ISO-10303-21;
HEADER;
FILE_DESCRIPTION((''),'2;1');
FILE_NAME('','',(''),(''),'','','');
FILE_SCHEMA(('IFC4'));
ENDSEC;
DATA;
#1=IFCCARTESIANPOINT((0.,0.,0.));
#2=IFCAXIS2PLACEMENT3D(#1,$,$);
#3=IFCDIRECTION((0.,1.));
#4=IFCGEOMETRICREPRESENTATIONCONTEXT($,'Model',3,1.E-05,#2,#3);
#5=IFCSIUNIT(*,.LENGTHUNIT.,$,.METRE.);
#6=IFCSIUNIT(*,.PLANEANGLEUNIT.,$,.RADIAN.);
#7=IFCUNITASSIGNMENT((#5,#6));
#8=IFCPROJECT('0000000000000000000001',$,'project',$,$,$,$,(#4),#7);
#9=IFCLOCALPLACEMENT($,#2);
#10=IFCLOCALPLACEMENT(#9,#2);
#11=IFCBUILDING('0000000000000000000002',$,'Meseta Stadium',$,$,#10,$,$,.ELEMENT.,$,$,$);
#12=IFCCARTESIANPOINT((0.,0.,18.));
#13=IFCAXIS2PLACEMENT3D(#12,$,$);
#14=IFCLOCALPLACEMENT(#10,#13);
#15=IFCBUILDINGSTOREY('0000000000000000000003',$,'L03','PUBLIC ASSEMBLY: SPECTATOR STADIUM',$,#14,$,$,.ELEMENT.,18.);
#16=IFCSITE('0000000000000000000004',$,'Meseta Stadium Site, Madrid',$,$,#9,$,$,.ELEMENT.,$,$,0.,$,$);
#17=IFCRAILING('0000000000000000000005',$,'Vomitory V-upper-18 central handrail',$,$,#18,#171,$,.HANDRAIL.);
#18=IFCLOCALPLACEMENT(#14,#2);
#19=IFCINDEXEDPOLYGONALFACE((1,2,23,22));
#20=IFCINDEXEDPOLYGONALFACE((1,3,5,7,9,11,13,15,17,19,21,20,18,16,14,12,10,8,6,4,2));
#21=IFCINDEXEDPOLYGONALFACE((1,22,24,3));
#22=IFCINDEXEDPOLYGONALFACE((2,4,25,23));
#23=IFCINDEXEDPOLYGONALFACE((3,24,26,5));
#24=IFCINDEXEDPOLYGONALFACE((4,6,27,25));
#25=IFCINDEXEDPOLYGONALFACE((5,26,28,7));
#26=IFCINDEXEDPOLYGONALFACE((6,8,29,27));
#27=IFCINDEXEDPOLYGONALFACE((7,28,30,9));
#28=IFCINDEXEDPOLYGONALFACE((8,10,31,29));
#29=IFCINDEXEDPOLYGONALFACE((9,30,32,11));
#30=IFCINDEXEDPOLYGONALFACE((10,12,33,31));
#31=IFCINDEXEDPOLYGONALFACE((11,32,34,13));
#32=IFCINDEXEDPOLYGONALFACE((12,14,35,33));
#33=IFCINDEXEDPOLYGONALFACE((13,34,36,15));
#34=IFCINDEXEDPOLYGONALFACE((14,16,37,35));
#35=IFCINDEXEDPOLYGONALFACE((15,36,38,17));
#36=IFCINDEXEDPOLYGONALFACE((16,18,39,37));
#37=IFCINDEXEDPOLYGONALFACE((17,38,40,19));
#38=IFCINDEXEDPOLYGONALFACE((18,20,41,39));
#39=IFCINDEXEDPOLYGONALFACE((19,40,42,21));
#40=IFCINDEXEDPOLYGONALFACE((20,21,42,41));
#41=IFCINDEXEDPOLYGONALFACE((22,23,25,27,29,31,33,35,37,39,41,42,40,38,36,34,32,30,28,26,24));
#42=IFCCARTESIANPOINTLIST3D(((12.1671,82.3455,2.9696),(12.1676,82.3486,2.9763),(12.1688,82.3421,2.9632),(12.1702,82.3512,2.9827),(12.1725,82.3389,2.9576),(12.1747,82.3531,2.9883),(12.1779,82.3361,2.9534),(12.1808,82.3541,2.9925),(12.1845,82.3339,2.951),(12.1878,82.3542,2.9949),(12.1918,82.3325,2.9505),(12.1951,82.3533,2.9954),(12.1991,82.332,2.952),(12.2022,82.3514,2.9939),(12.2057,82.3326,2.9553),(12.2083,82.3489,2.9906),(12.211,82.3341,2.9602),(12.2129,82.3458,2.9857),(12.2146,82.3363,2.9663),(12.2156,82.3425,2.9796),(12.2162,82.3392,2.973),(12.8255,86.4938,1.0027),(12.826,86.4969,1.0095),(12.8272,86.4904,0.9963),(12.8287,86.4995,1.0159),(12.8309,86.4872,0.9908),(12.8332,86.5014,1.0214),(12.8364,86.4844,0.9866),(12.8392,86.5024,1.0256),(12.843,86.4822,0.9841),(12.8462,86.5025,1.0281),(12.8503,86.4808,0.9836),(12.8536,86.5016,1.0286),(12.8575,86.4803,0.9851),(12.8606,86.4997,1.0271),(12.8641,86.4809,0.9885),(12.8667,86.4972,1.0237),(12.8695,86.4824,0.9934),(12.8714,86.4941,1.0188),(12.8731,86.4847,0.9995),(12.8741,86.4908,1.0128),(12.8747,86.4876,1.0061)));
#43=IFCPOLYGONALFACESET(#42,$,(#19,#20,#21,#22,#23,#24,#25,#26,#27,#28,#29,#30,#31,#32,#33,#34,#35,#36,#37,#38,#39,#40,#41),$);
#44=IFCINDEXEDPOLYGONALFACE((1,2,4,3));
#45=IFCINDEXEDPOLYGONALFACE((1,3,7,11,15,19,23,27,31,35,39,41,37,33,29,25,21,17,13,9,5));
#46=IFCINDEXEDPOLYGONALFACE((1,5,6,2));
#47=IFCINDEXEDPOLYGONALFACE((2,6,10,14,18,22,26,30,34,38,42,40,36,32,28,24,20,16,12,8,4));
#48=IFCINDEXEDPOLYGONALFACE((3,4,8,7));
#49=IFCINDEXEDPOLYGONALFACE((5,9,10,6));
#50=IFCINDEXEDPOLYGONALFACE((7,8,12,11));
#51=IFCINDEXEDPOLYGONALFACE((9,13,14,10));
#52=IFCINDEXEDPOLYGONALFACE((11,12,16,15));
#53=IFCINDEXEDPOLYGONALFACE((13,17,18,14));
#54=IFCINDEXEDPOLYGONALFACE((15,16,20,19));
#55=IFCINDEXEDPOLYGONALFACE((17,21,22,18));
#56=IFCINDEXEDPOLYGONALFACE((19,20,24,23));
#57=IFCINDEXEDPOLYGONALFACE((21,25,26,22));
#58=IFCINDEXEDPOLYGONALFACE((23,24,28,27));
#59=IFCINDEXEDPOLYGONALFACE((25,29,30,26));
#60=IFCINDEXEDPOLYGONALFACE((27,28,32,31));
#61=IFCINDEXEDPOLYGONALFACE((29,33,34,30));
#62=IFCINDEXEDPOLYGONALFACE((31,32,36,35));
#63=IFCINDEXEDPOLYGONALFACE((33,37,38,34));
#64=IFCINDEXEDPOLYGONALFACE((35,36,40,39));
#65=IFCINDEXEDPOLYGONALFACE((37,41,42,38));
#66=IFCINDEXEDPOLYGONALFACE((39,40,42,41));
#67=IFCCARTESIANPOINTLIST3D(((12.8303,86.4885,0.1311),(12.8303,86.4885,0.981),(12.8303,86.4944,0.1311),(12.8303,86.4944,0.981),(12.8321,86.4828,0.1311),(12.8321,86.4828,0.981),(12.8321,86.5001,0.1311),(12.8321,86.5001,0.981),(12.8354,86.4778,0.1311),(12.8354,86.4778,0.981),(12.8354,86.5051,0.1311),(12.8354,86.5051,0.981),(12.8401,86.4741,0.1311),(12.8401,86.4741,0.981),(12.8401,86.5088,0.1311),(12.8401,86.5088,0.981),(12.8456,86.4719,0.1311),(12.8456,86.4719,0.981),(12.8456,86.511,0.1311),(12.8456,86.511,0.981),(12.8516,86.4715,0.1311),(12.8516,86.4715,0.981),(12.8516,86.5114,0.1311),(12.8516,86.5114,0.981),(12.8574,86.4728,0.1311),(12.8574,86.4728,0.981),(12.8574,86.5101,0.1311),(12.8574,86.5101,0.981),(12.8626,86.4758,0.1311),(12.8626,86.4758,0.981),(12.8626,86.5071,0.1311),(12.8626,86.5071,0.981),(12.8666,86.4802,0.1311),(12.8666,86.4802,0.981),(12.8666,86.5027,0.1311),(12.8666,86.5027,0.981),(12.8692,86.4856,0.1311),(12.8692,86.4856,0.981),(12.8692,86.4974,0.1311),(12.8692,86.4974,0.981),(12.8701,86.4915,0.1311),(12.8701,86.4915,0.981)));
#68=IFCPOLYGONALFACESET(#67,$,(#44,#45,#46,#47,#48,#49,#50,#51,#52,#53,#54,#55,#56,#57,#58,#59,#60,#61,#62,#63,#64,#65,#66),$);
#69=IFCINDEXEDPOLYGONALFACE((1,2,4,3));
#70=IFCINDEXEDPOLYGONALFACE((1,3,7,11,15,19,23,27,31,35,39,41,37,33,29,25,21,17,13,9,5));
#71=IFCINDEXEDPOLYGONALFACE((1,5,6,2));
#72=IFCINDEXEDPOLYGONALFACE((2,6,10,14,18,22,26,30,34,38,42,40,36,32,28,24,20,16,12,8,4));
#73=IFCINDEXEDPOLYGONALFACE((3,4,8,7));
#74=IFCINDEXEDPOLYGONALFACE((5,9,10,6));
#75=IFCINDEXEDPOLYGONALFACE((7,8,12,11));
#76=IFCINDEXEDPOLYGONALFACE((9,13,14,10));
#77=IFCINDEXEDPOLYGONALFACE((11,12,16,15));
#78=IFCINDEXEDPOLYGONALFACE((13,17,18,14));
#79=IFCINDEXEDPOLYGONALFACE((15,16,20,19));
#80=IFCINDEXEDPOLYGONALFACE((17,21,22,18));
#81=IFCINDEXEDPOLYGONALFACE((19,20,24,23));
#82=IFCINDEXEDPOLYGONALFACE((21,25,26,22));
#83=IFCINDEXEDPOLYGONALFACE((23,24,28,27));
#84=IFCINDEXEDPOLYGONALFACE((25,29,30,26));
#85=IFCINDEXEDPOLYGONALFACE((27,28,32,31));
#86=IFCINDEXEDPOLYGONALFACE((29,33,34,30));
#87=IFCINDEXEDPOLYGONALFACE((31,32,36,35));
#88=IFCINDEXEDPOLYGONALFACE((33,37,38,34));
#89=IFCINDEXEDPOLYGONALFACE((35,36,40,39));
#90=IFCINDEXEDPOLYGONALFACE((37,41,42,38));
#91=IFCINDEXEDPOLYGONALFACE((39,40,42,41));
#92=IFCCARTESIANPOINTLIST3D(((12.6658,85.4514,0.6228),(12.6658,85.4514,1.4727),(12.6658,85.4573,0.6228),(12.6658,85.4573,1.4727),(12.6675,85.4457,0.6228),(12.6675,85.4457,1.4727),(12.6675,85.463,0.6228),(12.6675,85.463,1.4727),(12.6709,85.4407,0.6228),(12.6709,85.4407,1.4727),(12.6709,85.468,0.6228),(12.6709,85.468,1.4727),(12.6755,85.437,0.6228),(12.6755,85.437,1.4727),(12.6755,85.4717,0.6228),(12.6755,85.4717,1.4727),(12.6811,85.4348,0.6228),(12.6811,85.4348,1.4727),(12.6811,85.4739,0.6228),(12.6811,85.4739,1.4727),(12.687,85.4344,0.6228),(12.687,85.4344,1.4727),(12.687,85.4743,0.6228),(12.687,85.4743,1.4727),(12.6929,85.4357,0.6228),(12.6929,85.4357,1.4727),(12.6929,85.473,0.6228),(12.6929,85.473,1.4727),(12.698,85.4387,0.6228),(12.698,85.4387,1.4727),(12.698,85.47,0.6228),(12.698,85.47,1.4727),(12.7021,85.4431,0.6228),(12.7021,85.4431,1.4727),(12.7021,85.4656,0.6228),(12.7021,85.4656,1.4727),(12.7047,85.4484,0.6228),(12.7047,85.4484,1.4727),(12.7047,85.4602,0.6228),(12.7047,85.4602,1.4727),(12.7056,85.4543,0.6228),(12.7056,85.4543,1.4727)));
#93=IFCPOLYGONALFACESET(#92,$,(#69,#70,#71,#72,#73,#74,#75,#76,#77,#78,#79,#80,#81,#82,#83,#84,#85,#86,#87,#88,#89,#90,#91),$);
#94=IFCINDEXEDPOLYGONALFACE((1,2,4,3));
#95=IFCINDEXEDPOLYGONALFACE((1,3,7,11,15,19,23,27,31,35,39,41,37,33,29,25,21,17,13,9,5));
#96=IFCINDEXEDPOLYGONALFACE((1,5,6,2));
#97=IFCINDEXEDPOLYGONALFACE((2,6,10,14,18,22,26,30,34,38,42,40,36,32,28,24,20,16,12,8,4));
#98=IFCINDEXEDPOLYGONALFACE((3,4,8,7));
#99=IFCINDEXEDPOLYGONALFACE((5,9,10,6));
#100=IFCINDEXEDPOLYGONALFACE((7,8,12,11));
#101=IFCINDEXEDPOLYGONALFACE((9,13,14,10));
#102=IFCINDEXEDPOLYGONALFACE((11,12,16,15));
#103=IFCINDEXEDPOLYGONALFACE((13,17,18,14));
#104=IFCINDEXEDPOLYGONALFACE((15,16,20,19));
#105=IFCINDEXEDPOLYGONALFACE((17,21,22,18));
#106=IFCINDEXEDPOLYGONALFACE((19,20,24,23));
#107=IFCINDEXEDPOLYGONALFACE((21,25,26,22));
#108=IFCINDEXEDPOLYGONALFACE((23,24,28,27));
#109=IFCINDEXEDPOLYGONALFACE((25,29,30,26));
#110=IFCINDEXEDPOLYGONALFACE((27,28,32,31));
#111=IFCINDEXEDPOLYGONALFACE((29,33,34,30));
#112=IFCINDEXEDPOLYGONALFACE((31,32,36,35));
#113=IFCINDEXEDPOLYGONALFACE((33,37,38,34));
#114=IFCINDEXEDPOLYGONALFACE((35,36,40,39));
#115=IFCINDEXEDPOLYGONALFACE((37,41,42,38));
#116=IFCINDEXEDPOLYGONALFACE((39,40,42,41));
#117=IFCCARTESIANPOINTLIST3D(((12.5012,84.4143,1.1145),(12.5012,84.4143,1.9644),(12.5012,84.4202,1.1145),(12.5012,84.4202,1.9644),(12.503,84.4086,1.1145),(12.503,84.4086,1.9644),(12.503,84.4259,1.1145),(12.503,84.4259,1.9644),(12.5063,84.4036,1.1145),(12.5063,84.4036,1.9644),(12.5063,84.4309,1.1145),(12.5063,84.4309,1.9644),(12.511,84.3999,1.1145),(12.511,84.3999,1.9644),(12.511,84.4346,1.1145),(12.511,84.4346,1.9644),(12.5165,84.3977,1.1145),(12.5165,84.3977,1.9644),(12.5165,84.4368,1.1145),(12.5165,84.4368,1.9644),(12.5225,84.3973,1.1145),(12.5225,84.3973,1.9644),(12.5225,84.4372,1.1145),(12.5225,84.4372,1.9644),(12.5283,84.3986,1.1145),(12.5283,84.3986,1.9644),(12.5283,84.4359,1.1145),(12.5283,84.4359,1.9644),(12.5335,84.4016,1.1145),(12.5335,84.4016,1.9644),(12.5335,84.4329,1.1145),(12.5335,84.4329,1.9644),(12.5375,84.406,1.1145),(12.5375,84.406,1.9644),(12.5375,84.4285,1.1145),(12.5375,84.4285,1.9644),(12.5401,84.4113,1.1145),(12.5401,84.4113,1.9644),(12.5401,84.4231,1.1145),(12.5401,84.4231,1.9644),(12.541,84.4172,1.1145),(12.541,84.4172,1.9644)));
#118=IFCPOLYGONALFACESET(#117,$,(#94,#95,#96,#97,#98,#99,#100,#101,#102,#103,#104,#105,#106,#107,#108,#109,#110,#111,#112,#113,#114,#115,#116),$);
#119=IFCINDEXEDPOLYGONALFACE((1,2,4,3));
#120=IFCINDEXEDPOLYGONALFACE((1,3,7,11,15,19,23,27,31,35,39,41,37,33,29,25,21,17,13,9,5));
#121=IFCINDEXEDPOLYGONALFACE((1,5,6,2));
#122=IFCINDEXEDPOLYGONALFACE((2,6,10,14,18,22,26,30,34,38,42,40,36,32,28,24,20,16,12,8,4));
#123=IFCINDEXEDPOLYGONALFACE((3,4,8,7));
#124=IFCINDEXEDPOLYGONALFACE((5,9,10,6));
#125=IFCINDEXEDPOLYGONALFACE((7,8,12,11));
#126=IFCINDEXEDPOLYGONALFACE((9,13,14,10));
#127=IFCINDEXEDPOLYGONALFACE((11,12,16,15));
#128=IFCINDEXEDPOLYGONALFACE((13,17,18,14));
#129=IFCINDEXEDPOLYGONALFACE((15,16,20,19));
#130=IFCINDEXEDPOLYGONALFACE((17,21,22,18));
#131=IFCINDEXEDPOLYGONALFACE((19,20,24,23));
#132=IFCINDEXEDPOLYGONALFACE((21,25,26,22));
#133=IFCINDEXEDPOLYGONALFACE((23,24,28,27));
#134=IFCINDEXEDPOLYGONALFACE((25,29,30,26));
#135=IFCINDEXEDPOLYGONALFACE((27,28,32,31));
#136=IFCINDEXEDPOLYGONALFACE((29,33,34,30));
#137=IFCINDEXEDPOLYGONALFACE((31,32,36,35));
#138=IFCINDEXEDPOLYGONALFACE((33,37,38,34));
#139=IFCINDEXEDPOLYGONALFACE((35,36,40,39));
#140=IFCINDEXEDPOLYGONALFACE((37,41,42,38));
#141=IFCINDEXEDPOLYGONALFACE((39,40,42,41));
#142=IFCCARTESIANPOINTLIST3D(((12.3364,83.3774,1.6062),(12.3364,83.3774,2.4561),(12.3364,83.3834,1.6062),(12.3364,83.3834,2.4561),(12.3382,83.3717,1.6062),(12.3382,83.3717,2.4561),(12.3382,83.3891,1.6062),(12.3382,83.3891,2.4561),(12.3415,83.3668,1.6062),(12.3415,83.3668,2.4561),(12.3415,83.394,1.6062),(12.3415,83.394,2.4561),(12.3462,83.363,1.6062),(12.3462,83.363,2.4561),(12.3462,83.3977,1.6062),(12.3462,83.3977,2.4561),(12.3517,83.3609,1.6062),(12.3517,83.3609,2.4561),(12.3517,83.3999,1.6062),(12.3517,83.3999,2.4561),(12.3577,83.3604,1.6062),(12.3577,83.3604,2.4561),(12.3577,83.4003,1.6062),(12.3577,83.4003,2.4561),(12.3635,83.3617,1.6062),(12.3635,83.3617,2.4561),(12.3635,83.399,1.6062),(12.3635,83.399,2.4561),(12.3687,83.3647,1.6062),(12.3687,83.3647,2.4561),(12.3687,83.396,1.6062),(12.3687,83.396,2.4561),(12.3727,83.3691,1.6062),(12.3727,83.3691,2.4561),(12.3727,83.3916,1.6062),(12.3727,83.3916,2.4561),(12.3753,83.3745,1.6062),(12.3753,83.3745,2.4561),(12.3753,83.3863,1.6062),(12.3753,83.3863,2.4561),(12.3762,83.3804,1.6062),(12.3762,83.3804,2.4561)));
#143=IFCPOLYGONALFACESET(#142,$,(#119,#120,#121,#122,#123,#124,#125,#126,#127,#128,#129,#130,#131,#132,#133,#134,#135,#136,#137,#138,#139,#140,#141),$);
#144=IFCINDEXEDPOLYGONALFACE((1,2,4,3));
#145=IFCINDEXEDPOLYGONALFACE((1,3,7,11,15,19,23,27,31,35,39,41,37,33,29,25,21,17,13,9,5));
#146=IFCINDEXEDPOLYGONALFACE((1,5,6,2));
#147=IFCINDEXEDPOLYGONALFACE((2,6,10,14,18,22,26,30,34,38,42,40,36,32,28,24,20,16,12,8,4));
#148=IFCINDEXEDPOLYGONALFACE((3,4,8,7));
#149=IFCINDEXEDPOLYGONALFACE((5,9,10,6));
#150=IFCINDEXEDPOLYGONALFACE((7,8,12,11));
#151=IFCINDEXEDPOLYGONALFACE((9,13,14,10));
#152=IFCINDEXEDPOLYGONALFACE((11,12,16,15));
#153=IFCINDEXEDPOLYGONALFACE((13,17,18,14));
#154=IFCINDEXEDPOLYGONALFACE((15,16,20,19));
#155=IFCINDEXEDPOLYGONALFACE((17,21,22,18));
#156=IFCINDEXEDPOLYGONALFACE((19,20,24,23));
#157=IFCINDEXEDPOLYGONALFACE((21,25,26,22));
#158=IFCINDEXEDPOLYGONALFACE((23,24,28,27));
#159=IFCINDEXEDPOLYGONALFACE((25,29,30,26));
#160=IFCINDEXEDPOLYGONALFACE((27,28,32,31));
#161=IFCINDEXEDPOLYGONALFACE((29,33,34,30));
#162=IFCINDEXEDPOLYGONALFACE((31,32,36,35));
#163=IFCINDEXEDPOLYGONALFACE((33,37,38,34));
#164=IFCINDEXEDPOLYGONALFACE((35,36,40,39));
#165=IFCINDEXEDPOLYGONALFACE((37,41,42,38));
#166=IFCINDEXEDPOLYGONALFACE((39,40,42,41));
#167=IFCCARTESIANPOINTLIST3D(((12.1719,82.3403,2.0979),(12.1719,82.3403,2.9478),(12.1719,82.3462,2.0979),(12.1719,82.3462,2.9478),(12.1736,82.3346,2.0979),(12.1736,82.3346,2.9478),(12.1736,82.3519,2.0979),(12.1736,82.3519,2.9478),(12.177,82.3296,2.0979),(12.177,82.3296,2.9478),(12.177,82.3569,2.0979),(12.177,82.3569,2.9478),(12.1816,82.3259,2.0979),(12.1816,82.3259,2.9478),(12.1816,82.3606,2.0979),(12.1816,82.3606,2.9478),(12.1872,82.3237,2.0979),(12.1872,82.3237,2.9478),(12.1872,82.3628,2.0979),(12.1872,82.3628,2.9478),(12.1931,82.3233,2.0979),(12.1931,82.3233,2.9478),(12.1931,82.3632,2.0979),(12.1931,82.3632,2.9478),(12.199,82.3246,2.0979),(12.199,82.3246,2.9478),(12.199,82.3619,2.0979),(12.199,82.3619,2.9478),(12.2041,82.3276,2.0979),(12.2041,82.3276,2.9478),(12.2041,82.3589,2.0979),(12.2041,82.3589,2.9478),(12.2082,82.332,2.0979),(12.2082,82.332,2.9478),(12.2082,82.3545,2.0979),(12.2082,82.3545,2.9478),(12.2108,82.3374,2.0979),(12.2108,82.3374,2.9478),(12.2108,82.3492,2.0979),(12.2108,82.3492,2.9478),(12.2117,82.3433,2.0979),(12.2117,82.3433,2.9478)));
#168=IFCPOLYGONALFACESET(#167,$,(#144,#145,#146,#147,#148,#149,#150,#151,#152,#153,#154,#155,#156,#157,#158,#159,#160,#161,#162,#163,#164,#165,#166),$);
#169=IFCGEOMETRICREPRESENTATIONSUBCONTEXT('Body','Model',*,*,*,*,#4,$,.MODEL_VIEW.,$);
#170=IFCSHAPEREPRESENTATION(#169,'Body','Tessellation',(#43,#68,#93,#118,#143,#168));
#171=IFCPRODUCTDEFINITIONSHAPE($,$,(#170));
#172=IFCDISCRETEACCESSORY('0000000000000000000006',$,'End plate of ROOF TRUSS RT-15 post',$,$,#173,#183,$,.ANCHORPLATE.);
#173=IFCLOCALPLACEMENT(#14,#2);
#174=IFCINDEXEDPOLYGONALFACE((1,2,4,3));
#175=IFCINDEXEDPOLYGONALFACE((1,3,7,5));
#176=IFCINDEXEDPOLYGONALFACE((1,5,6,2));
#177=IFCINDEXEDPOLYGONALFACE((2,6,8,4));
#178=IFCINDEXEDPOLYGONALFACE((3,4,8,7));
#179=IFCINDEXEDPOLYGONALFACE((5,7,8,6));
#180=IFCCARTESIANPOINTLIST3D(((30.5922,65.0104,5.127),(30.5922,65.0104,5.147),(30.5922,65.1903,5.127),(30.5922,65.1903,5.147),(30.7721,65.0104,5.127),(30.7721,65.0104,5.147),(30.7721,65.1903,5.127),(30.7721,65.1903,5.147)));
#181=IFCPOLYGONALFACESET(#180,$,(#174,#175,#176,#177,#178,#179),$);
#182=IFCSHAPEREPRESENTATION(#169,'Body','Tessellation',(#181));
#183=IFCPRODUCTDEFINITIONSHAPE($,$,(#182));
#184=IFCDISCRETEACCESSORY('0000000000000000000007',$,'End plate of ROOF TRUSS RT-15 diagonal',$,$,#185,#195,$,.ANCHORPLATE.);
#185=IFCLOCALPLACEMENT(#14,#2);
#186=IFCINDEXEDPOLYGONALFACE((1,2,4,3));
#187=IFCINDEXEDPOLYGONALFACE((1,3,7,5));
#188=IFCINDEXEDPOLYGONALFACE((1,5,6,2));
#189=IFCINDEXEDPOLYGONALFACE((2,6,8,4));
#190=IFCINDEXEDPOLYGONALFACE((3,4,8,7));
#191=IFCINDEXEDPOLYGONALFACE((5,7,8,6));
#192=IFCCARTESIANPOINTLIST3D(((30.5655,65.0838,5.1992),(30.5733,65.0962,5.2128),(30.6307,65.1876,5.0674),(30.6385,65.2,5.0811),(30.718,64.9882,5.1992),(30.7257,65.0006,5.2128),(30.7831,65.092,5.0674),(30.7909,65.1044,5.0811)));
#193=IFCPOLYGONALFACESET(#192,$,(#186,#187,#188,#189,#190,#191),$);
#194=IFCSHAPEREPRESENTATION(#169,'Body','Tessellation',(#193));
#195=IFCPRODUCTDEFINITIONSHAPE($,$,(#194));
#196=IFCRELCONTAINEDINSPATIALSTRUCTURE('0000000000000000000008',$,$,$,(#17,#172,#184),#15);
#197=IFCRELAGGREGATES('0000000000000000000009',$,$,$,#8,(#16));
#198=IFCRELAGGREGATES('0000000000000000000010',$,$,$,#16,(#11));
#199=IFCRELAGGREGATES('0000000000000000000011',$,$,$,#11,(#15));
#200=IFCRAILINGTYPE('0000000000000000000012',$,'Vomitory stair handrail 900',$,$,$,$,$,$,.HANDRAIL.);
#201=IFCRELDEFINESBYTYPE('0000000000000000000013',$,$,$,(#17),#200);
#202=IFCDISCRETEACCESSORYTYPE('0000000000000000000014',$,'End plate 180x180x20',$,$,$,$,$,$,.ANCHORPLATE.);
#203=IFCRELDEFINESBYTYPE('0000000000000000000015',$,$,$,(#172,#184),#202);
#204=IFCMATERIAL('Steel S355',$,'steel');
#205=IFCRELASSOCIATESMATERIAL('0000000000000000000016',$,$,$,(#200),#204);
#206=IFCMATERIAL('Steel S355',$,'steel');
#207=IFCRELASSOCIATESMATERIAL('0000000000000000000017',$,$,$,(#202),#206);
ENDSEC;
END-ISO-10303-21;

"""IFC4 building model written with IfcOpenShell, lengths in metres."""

from ifc_helpers import new_model, si_unit, direction, frame, origin, origin_2d, place, context, subcontext, project, spatial, rectangle, circle, extrude, material, material_profile, profile_set, type_object, element, save


model = new_model("IFC4")

# Units and contexts
model_context = context("Model", 3, precision=1e-05, world=origin(), true_north=direction((0.0, 1.0)))
body_context = subcontext(model_context, "Body", "Model", "MODEL_VIEW")
ifc_project = project(units=[si_unit("LENGTHUNIT", "METRE"), si_unit("PLANEANGLEUNIT", "RADIAN")], contexts=[model_context])

# Site, building, storey
site_placement = place(None, origin())
site = spatial("IfcSite", under=ifc_project, at=site_placement, Name="Meseta Stadium Site, Madrid", CompositionType="ELEMENT", RefElevation=0.0)
building_placement = place(site_placement, origin())
building = spatial("IfcBuilding", under=site, at=building_placement, Name="Meseta Stadium", CompositionType="ELEMENT")
storey_placement = place(building_placement, frame((0.0, 0.0, 18.0)))
storey = spatial("IfcBuildingStorey", under=building, at=storey_placement, Name="L03", Description="PUBLIC ASSEMBLY: SPECTATOR STADIUM", CompositionType="ELEMENT", Elevation=18.0)

# Railing
ifc_material_1 = material(Name="Steel S355", Category="steel")
railing_type_1 = type_object("IfcRailingType", Name="Vomitory stair handrail 900", PredefinedType="HANDRAIL", material=ifc_material_1)
railing_1_placement = place(storey_placement, frame((12.8501, 86.4915, 0.1311)))
element("IfcRailing", 1, at=railing_1_placement, inside=storey, type_object=railing_type_1, Name="Vomitory V-upper-18 central handrail", PredefinedType="HANDRAIL", context=body_context, shape_type="SweptSolid", body=[
    extrude(circle(Radius=0.0249, at=origin_2d()), frame((0.0, 0.0, 0.875), z_axis=(-0.141974, -0.894428, 0.424078), x_axis=(0.987635, -0.156768, 0.0)), (0.0, 0.0, 1.0), 4.6379),
    extrude(circle(Radius=0.02, at=origin_2d()), origin(), (0.0, 0.0, 1.0), 0.8499),
    extrude(circle(Radius=0.02, at=origin_2d()), frame((-0.1646, -1.0371, 0.4917)), (0.0, 0.0, 1.0), 0.8499),
    extrude(circle(Radius=0.02, at=origin_2d()), frame((-0.3291, -2.0742, 0.9834)), (0.0, 0.0, 1.0), 0.8499),
    extrude(circle(Radius=0.02, at=origin_2d()), frame((-0.4939, -3.1111, 1.4751)), (0.0, 0.0, 1.0), 0.8499),
    extrude(circle(Radius=0.02, at=origin_2d()), frame((-0.6584, -4.1482, 1.9668)), (0.0, 0.0, 1.0), 0.8499),
])

# Discrete accessories
ifc_material_2 = material(Name="Steel S355", Category="steel")
ifc_material_profile_1 = material_profile(ifc_material_2, rectangle(XDim=0.1799, YDim=0.1799, at=origin_2d()), Name="PL 180x180")
ifc_profile_set_1 = profile_set([ifc_material_profile_1], Name="Steel S355")
discrete_accessory_type = type_object("IfcDiscreteAccessoryType", Name="End plate 180x180x20", PredefinedType="ANCHORPLATE", material=ifc_profile_set_1)
for number, where, z_axis, x_axis, name in (
    (2, (30.6821, 65.1003, 5.127), (0.0, 0.0, 1.0), (1.0, 0.0, 0.0), "End plate of ROOF TRUSS RT-15 post"),
    (3, (30.6743, 65.0879, 5.1333), (0.389175, 0.620247, 0.681056), (-0.847064, 0.531491, 0.0), "End plate of ROOF TRUSS RT-15 diagonal"),
):
    element("IfcDiscreteAccessory", number, at=place(storey_placement, frame(where, z_axis=z_axis, x_axis=x_axis)), inside=storey, type_object=discrete_accessory_type, Name=name, PredefinedType="ANCHORPLATE", context=body_context, shape_type="SweptSolid", body=[
        extrude(rectangle(XDim=0.1799, YDim=0.1799, at=origin_2d()), origin(), (0.0, 0.0, 1.0), 0.02),
    ])

save(model, "model.ifc")
